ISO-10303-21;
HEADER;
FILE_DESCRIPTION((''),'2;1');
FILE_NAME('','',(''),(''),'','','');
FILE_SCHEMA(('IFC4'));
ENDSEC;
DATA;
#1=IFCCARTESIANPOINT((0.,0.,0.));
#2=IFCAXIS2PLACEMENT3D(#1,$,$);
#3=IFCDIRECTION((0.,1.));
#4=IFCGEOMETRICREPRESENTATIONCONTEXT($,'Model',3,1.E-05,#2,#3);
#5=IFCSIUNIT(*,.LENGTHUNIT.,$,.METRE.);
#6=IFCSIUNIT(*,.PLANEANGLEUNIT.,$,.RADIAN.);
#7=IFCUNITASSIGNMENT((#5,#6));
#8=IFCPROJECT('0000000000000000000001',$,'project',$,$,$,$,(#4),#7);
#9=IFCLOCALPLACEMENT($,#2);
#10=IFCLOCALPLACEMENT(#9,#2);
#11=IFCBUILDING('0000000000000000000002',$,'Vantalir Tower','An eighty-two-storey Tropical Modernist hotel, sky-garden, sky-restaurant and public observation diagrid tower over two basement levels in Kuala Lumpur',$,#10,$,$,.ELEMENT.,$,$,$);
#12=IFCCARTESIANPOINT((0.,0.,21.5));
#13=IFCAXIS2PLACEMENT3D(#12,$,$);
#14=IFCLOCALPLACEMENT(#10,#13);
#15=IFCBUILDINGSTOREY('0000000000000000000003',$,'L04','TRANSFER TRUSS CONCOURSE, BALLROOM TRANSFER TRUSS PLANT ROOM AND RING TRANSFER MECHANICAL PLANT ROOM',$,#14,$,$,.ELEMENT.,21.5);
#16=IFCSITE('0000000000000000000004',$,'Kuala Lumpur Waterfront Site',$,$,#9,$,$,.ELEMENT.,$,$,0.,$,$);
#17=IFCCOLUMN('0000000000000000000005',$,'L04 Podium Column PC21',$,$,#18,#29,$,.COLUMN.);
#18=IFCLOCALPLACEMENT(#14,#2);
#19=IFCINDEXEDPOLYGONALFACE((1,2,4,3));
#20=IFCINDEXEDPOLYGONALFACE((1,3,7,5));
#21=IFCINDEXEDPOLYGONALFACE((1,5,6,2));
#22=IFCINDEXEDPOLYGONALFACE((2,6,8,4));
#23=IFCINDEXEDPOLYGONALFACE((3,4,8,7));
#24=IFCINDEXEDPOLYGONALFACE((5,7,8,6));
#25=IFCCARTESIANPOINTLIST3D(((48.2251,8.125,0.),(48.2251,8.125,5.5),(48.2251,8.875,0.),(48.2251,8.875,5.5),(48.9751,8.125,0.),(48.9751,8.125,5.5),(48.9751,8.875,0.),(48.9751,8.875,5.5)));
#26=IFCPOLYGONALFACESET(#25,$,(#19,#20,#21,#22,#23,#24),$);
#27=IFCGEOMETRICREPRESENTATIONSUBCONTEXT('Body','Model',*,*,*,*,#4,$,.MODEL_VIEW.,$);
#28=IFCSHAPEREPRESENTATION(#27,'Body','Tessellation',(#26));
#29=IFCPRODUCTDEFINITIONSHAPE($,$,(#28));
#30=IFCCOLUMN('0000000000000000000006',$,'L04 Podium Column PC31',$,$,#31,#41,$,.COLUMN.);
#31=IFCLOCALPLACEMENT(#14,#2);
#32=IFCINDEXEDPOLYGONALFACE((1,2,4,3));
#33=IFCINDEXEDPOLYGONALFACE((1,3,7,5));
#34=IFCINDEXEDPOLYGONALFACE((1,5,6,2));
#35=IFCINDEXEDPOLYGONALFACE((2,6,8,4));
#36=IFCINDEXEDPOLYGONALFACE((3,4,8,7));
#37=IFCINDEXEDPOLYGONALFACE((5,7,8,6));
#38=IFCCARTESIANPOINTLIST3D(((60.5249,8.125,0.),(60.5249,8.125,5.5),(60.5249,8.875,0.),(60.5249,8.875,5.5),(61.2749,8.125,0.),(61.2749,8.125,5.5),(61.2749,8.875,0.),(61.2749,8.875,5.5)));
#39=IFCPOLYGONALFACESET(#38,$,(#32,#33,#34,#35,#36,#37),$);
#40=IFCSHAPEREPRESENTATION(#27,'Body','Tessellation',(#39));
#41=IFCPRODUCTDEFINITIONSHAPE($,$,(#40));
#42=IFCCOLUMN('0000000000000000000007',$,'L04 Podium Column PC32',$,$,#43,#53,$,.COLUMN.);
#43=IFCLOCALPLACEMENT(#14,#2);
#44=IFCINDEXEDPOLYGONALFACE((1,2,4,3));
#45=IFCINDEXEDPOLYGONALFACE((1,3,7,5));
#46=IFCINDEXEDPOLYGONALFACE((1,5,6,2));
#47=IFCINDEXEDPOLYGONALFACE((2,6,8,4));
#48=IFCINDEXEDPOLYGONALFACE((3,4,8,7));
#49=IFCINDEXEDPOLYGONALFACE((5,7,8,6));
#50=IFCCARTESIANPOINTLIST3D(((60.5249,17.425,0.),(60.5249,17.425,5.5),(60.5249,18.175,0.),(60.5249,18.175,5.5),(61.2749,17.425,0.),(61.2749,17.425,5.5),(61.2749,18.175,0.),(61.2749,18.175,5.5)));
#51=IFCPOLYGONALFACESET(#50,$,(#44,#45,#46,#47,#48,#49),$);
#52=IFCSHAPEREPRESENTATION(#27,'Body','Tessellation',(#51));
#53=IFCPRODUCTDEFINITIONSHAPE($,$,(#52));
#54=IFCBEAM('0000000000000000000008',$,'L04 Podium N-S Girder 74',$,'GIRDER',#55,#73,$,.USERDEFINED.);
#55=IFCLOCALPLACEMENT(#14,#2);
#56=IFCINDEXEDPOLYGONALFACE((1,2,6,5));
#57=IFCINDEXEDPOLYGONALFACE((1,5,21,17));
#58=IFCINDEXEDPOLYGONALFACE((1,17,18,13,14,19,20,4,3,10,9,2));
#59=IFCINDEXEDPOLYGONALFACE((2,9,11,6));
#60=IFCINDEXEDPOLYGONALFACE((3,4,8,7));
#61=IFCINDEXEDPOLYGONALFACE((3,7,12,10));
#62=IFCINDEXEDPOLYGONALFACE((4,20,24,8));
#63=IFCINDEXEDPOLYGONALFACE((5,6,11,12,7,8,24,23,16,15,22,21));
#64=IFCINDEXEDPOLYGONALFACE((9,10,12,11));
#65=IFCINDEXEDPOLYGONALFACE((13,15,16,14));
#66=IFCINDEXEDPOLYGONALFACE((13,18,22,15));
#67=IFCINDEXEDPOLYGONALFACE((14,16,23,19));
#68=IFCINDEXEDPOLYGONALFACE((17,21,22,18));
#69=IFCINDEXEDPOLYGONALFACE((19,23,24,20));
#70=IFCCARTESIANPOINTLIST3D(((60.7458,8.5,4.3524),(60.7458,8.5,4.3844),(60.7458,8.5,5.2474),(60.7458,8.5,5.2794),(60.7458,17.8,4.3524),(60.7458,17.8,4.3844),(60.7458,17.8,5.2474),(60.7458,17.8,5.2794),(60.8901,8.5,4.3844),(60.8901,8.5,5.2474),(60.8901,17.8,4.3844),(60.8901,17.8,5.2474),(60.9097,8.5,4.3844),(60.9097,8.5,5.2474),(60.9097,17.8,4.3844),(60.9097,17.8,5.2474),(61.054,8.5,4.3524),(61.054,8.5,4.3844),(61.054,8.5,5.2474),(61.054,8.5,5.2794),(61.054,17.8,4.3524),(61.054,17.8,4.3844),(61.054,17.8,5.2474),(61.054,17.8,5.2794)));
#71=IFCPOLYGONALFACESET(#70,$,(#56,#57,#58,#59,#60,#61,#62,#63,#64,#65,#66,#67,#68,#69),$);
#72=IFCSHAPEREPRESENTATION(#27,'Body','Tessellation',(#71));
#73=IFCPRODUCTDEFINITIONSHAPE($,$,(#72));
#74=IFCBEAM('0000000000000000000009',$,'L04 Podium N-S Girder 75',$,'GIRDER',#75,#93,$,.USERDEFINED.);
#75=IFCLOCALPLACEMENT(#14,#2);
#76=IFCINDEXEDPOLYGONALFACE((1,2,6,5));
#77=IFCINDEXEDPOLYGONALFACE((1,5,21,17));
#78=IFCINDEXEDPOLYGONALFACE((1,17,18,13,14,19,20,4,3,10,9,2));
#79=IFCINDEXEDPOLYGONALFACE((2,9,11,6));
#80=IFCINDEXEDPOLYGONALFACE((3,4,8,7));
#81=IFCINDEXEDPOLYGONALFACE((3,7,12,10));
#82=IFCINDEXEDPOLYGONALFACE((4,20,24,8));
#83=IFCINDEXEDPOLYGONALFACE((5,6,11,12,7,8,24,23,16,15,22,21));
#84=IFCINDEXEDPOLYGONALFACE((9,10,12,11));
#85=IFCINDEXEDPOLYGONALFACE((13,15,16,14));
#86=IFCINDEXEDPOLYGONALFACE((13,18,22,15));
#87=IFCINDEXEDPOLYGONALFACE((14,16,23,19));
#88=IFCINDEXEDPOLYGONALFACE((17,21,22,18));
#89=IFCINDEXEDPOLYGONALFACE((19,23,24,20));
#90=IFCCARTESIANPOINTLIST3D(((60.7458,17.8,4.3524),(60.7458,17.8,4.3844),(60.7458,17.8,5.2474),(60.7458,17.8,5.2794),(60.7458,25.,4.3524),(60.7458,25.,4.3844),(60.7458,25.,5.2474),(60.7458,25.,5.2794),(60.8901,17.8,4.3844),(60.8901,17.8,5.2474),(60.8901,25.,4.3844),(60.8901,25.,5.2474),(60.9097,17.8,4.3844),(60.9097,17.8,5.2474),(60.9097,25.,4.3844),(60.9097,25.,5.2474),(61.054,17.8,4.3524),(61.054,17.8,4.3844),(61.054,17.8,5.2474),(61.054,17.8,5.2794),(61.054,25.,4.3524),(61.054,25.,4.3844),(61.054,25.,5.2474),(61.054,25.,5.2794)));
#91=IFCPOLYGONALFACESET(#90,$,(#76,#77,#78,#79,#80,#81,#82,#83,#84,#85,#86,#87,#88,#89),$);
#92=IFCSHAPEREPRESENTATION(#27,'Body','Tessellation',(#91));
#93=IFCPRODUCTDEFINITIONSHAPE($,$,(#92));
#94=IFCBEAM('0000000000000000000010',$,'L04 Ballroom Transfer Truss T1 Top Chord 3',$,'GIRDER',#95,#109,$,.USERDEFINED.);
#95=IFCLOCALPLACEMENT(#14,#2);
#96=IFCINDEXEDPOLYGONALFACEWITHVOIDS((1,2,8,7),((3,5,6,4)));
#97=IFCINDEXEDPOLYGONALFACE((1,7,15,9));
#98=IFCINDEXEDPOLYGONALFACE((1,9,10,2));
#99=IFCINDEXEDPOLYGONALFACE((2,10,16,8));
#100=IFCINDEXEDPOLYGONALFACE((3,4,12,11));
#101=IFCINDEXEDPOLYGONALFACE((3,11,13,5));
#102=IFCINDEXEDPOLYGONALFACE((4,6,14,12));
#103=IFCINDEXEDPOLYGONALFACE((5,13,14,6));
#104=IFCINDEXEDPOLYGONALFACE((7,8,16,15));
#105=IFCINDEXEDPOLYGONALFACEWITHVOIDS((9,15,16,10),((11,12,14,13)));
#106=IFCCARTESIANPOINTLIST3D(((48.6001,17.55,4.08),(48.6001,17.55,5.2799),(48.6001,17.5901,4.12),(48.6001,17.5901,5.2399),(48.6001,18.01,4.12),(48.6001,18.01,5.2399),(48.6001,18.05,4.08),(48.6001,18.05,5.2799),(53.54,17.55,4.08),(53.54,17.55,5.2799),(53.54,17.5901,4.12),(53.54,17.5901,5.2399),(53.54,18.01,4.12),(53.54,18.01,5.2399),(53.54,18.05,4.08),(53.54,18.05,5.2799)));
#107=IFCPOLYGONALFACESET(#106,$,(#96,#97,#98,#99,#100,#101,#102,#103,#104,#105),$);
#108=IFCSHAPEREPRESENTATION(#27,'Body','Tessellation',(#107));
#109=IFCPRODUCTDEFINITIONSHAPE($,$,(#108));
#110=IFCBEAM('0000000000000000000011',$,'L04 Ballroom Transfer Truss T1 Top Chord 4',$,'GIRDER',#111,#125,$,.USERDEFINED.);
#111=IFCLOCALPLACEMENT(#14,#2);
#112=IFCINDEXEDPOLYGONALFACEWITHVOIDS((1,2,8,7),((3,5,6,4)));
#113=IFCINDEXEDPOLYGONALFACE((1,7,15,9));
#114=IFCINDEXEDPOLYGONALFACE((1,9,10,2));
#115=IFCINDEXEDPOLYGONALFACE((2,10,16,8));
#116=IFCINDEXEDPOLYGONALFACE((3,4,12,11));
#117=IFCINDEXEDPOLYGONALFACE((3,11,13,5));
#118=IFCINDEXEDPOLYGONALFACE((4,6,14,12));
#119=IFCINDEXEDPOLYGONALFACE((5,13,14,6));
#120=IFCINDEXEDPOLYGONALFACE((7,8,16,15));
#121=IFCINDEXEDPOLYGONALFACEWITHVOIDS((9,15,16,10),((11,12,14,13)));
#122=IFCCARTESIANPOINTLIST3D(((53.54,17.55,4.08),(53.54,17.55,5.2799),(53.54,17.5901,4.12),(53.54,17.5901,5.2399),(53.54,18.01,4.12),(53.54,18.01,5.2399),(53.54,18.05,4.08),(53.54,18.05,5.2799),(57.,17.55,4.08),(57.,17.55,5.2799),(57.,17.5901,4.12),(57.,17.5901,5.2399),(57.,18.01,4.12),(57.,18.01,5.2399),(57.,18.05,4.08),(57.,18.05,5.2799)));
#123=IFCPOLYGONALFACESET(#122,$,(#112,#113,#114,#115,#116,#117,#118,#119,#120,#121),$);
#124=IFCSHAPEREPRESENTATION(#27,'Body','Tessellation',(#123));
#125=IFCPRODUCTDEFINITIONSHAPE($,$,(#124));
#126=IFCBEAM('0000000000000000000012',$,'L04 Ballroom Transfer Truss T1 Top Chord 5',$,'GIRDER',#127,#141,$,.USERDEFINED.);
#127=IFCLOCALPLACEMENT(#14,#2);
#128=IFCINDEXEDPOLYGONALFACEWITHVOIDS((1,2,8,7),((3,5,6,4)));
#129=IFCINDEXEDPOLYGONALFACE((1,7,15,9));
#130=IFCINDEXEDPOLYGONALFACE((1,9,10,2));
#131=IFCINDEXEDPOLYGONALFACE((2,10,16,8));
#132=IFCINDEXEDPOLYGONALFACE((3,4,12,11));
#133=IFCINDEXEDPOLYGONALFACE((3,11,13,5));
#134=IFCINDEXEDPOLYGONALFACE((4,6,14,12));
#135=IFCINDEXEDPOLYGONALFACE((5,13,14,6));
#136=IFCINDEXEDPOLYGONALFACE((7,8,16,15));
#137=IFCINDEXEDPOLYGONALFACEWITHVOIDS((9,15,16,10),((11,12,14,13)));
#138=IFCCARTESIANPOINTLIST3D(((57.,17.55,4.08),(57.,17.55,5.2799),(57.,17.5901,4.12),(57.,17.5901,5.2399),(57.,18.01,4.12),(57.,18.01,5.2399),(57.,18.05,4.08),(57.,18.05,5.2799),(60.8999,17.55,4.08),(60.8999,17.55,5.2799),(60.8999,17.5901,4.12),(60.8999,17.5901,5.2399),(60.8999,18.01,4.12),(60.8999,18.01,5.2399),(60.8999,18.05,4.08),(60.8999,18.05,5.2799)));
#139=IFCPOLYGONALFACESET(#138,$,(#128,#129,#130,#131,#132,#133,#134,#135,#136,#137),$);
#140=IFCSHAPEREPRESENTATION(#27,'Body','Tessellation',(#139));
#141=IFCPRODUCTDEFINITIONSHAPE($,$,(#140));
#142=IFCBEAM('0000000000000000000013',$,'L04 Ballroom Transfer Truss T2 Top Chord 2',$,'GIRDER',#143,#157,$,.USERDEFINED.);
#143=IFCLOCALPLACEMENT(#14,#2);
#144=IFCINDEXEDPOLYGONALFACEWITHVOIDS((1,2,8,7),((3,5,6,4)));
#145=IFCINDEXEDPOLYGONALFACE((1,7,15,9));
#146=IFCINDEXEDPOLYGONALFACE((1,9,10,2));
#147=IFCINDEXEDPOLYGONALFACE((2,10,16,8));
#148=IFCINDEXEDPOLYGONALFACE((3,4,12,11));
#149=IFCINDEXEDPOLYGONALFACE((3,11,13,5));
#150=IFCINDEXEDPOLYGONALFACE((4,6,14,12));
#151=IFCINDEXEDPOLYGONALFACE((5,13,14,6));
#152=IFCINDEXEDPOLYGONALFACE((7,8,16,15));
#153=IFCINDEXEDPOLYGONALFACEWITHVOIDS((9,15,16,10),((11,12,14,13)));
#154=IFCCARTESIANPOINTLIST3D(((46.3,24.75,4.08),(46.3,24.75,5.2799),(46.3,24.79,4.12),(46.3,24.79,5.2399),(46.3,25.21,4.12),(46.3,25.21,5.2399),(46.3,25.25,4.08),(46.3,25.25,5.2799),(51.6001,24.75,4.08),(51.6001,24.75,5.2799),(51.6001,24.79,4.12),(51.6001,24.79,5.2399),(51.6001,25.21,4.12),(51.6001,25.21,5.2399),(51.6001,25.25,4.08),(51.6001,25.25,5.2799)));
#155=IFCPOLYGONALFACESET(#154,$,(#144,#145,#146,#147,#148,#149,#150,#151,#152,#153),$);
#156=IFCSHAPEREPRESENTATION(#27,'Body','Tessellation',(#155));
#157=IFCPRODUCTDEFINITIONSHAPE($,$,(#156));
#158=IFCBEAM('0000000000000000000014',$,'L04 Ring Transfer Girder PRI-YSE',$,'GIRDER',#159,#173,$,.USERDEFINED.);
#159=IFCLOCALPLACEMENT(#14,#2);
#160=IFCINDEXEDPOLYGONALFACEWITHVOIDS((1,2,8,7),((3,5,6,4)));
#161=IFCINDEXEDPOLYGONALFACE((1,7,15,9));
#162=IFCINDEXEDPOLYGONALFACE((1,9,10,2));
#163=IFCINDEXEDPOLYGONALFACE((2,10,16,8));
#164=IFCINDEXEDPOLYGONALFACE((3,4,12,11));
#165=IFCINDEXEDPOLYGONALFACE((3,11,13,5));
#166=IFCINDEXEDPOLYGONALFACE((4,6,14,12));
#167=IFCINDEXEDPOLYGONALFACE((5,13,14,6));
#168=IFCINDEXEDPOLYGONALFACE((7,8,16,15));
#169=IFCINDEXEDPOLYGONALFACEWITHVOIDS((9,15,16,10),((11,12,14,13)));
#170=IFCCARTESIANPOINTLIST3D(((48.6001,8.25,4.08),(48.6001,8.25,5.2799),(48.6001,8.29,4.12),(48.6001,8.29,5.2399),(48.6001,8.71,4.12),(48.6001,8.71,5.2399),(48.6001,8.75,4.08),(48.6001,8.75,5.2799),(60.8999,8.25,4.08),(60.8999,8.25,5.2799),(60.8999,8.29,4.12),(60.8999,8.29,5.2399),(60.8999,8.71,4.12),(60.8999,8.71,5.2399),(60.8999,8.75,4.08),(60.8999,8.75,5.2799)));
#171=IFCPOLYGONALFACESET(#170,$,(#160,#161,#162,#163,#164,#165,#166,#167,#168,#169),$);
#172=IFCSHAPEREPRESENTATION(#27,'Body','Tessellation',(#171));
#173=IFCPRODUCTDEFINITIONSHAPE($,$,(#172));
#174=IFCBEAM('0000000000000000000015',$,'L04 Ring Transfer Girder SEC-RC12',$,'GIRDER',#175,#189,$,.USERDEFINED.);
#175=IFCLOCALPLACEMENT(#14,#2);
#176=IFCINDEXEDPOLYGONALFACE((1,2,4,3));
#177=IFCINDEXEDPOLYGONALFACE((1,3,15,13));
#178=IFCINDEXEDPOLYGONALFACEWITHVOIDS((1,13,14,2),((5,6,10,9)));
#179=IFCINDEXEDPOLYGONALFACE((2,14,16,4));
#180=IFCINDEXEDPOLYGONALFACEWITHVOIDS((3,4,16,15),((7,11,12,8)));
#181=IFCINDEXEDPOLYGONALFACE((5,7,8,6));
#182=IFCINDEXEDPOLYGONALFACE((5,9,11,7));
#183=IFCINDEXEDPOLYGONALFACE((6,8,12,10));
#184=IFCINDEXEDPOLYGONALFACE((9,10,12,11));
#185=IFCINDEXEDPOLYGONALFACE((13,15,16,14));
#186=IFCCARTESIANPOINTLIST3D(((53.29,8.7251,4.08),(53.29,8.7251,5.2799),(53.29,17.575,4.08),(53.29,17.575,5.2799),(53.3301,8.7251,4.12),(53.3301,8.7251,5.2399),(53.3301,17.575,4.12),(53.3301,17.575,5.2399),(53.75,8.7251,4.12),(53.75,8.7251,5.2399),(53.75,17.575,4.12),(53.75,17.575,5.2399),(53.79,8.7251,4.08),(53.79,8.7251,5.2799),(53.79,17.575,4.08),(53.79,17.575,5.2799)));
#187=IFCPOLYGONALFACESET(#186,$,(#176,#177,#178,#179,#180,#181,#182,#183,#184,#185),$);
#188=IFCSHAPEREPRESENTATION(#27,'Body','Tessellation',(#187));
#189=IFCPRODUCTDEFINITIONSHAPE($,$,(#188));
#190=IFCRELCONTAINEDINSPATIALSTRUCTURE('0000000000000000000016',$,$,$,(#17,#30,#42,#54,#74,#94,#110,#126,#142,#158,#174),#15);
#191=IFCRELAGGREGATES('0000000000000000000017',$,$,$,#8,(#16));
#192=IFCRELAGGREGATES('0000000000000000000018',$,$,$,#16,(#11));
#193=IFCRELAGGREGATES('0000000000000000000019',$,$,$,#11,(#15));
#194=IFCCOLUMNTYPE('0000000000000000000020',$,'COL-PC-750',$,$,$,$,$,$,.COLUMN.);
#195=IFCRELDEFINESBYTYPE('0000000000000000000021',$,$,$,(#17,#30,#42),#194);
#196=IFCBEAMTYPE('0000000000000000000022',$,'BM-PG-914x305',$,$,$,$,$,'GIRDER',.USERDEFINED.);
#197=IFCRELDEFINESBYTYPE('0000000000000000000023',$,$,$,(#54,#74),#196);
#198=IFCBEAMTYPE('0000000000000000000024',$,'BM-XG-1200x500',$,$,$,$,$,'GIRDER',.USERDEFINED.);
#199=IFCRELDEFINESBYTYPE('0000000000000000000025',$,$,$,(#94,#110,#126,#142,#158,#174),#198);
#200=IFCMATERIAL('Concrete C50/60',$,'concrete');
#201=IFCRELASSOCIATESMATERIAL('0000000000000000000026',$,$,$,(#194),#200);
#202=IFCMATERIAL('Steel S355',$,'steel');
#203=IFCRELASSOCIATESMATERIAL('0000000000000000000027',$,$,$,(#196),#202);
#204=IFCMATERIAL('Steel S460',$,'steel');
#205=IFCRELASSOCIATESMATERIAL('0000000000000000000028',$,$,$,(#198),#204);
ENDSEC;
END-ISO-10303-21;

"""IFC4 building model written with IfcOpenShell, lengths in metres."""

from ifc_helpers import new_model, si_unit, direction, frame, origin, origin_2d, place, context, subcontext, project, spatial, rectangle, hollow_rectangle, i_section, extrude, material, material_profile, profile_set, type_object, element, save


model = new_model("IFC4")

# Units and contexts
model_context = context("Model", 3, precision=1e-05, world=origin(), true_north=direction((0.0, 1.0)))
body_context = subcontext(model_context, "Body", "Model", "MODEL_VIEW")
ifc_project = project(units=[si_unit("LENGTHUNIT", "METRE"), si_unit("PLANEANGLEUNIT", "RADIAN")], contexts=[model_context])

# Site, building, storey
site_placement = place(None, origin())
site = spatial("IfcSite", under=ifc_project, at=site_placement, Name="Kuala Lumpur Waterfront Site", CompositionType="ELEMENT", RefElevation=0.0)
building_placement = place(site_placement, origin())
building = spatial("IfcBuilding", under=site, at=building_placement, Name="Vantalir Tower", Description="An eighty-two-storey Tropical Modernist hotel, sky-garden, sky-restaurant and public observation diagrid tower over two basement levels in Kuala Lumpur", CompositionType="ELEMENT")
storey_placement = place(building_placement, frame((0.0, 0.0, 21.5)))
storey = spatial("IfcBuildingStorey", under=building, at=storey_placement, Name="L04", Description="TRANSFER TRUSS CONCOURSE, BALLROOM TRANSFER TRUSS PLANT ROOM AND RING TRANSFER MECHANICAL PLANT ROOM", CompositionType="ELEMENT", Elevation=21.5)

# Columns
ifc_material_1 = material(Name="Concrete C50/60", Category="concrete")
ifc_material_profile_1 = material_profile(ifc_material_1, rectangle(XDim=0.75, YDim=0.75, at=origin_2d()), Name="Concrete C50/60")
ifc_profile_set_1 = profile_set([ifc_material_profile_1], Name="Concrete C50/60")
column_type = type_object("IfcColumnType", Name="COL-PC-750", PredefinedType="COLUMN", material=ifc_profile_set_1)
for number, where, z_axis, x_axis, name in (
    (1, (48.6001, 8.5, 0.0), (0.0, 0.0, 1.0), (1.0, 0.0, 0.0), "L04 Podium Column PC21"),
    (2, (60.8999, 8.5, 0.0), (0.0, 0.0, 1.0), (1.0, 0.0, 0.0), "L04 Podium Column PC31"),
    (3, (60.8999, 17.8, 0.0), (0.0, 0.0, 1.0), (1.0, 0.0, 0.0), "L04 Podium Column PC32"),
):
    element("IfcColumn", number, at=place(storey_placement, frame(where, z_axis=z_axis, x_axis=x_axis)), inside=storey, type_object=column_type, Name=name, PredefinedType="COLUMN", context=body_context, shape_type="SweptSolid", body=[
        extrude(rectangle(XDim=0.75, YDim=0.75, at=origin_2d()), origin(), (0.0, 0.0, 1.0), 5.5),
    ])

# Beams
ifc_material_2 = material(Name="Steel S355", Category="steel")
ifc_material_profile_2 = material_profile(ifc_material_2, i_section(OverallWidth=0.3081, OverallDepth=0.927, WebThickness=0.0195, FlangeThickness=0.032, at=origin_2d()), Name="Steel S355")
ifc_profile_set_2 = profile_set([ifc_material_profile_2], Name="Steel S355")
beam_type_1 = type_object("IfcBeamType", Name="BM-PG-914x305", ElementType="GIRDER", PredefinedType="USERDEFINED", material=ifc_profile_set_2)
beam_1_placement = place(storey_placement, frame((60.8999, 8.5, 4.8159), z_axis=(0.0, 1.0, 0.0), x_axis=(-1.0, 0.0, 0.0)))
element("IfcBeam", 4, at=beam_1_placement, inside=storey, type_object=beam_type_1, Name="L04 Podium N-S Girder 74", ObjectType="GIRDER", PredefinedType="USERDEFINED", context=body_context, shape_type="SweptSolid", body=[
    extrude(i_section(OverallWidth=0.3081, OverallDepth=0.927, WebThickness=0.0195, FlangeThickness=0.032, at=origin_2d()), origin(), (0.0, 0.0, 1.0), 9.3),
])
beam_2_placement = place(storey_placement, frame((60.8999, 17.8, 4.8159), z_axis=(0.0, 1.0, 0.0), x_axis=(-1.0, 0.0, 0.0)))
element("IfcBeam", 5, at=beam_2_placement, inside=storey, type_object=beam_type_1, Name="L04 Podium N-S Girder 75", ObjectType="GIRDER", PredefinedType="USERDEFINED", context=body_context, shape_type="SweptSolid", body=[
    extrude(i_section(OverallWidth=0.3081, OverallDepth=0.927, WebThickness=0.0195, FlangeThickness=0.032, at=origin_2d()), origin(), (0.0, 0.0, 1.0), 7.2),
])
ifc_material_3 = material(Name="Steel S460", Category="steel")
ifc_material_profile_3 = material_profile(ifc_material_3, hollow_rectangle(XDim=0.5, YDim=1.2, WallThickness=0.04, at=origin_2d()), Name="Steel S460")
ifc_profile_set_3 = profile_set([ifc_material_profile_3], Name="Steel S460")
beam_type_2 = type_object("IfcBeamType", Name="BM-XG-1200x500", ElementType="GIRDER", PredefinedType="USERDEFINED", material=ifc_profile_set_3)
beam_3_placement = place(storey_placement, frame((48.6001, 17.8, 4.6799), z_axis=(1.0, 0.0, 0.0), x_axis=(0.0, 1.0, 0.0)))
element("IfcBeam", 6, at=beam_3_placement, inside=storey, type_object=beam_type_2, Name="L04 Ballroom Transfer Truss T1 Top Chord 3", ObjectType="GIRDER", PredefinedType="USERDEFINED", context=body_context, shape_type="SweptSolid", body=[
    extrude(hollow_rectangle(XDim=0.5, YDim=1.2, WallThickness=0.04, at=origin_2d()), origin(), (0.0, 0.0, 1.0), 4.9399),
])
beam_4_placement = place(storey_placement, frame((53.54, 17.8, 4.6799), z_axis=(1.0, 0.0, 0.0), x_axis=(0.0, 1.0, 0.0)))
element("IfcBeam", 7, at=beam_4_placement, inside=storey, type_object=beam_type_2, Name="L04 Ballroom Transfer Truss T1 Top Chord 4", ObjectType="GIRDER", PredefinedType="USERDEFINED", context=body_context, shape_type="SweptSolid", body=[
    extrude(hollow_rectangle(XDim=0.5, YDim=1.2, WallThickness=0.04, at=origin_2d()), origin(), (0.0, 0.0, 1.0), 3.46),
])
beam_5_placement = place(storey_placement, frame((57.0, 17.8, 4.6799), z_axis=(1.0, 0.0, 0.0), x_axis=(0.0, 1.0, 0.0)))
element("IfcBeam", 8, at=beam_5_placement, inside=storey, type_object=beam_type_2, Name="L04 Ballroom Transfer Truss T1 Top Chord 5", ObjectType="GIRDER", PredefinedType="USERDEFINED", context=body_context, shape_type="SweptSolid", body=[
    extrude(hollow_rectangle(XDim=0.5, YDim=1.2, WallThickness=0.04, at=origin_2d()), origin(), (0.0, 0.0, 1.0), 3.8999),
])
beam_6_placement = place(storey_placement, frame((46.3, 25.0, 4.6799), z_axis=(1.0, 0.0, 0.0), x_axis=(0.0, 1.0, 0.0)))
element("IfcBeam", 9, at=beam_6_placement, inside=storey, type_object=beam_type_2, Name="L04 Ballroom Transfer Truss T2 Top Chord 2", ObjectType="GIRDER", PredefinedType="USERDEFINED", context=body_context, shape_type="SweptSolid", body=[
    extrude(hollow_rectangle(XDim=0.5, YDim=1.2, WallThickness=0.04, at=origin_2d()), origin(), (0.0, 0.0, 1.0), 5.3),
])
beam_7_placement = place(storey_placement, frame((48.6001, 8.5, 4.6799), z_axis=(1.0, 0.0, 0.0), x_axis=(0.0, 1.0, 0.0)))
element("IfcBeam", 10, at=beam_7_placement, inside=storey, type_object=beam_type_2, Name="L04 Ring Transfer Girder PRI-YSE", ObjectType="GIRDER", PredefinedType="USERDEFINED", context=body_context, shape_type="SweptSolid", body=[
    extrude(hollow_rectangle(XDim=0.5, YDim=1.2, WallThickness=0.04, at=origin_2d()), origin(), (0.0, 0.0, 1.0), 12.2998),
])
beam_8_placement = place(storey_placement, frame((53.54, 8.7251, 4.6799), z_axis=(0.0, 1.0, 0.0), x_axis=(-1.0, 0.0, 0.0)))
element("IfcBeam", 11, at=beam_8_placement, inside=storey, type_object=beam_type_2, Name="L04 Ring Transfer Girder SEC-RC12", ObjectType="GIRDER", PredefinedType="USERDEFINED", context=body_context, shape_type="SweptSolid", body=[
    extrude(hollow_rectangle(XDim=0.5, YDim=1.2, WallThickness=0.04, at=origin_2d()), origin(), (0.0, 0.0, 1.0), 8.8499),
])

save(model, "model.ifc")
